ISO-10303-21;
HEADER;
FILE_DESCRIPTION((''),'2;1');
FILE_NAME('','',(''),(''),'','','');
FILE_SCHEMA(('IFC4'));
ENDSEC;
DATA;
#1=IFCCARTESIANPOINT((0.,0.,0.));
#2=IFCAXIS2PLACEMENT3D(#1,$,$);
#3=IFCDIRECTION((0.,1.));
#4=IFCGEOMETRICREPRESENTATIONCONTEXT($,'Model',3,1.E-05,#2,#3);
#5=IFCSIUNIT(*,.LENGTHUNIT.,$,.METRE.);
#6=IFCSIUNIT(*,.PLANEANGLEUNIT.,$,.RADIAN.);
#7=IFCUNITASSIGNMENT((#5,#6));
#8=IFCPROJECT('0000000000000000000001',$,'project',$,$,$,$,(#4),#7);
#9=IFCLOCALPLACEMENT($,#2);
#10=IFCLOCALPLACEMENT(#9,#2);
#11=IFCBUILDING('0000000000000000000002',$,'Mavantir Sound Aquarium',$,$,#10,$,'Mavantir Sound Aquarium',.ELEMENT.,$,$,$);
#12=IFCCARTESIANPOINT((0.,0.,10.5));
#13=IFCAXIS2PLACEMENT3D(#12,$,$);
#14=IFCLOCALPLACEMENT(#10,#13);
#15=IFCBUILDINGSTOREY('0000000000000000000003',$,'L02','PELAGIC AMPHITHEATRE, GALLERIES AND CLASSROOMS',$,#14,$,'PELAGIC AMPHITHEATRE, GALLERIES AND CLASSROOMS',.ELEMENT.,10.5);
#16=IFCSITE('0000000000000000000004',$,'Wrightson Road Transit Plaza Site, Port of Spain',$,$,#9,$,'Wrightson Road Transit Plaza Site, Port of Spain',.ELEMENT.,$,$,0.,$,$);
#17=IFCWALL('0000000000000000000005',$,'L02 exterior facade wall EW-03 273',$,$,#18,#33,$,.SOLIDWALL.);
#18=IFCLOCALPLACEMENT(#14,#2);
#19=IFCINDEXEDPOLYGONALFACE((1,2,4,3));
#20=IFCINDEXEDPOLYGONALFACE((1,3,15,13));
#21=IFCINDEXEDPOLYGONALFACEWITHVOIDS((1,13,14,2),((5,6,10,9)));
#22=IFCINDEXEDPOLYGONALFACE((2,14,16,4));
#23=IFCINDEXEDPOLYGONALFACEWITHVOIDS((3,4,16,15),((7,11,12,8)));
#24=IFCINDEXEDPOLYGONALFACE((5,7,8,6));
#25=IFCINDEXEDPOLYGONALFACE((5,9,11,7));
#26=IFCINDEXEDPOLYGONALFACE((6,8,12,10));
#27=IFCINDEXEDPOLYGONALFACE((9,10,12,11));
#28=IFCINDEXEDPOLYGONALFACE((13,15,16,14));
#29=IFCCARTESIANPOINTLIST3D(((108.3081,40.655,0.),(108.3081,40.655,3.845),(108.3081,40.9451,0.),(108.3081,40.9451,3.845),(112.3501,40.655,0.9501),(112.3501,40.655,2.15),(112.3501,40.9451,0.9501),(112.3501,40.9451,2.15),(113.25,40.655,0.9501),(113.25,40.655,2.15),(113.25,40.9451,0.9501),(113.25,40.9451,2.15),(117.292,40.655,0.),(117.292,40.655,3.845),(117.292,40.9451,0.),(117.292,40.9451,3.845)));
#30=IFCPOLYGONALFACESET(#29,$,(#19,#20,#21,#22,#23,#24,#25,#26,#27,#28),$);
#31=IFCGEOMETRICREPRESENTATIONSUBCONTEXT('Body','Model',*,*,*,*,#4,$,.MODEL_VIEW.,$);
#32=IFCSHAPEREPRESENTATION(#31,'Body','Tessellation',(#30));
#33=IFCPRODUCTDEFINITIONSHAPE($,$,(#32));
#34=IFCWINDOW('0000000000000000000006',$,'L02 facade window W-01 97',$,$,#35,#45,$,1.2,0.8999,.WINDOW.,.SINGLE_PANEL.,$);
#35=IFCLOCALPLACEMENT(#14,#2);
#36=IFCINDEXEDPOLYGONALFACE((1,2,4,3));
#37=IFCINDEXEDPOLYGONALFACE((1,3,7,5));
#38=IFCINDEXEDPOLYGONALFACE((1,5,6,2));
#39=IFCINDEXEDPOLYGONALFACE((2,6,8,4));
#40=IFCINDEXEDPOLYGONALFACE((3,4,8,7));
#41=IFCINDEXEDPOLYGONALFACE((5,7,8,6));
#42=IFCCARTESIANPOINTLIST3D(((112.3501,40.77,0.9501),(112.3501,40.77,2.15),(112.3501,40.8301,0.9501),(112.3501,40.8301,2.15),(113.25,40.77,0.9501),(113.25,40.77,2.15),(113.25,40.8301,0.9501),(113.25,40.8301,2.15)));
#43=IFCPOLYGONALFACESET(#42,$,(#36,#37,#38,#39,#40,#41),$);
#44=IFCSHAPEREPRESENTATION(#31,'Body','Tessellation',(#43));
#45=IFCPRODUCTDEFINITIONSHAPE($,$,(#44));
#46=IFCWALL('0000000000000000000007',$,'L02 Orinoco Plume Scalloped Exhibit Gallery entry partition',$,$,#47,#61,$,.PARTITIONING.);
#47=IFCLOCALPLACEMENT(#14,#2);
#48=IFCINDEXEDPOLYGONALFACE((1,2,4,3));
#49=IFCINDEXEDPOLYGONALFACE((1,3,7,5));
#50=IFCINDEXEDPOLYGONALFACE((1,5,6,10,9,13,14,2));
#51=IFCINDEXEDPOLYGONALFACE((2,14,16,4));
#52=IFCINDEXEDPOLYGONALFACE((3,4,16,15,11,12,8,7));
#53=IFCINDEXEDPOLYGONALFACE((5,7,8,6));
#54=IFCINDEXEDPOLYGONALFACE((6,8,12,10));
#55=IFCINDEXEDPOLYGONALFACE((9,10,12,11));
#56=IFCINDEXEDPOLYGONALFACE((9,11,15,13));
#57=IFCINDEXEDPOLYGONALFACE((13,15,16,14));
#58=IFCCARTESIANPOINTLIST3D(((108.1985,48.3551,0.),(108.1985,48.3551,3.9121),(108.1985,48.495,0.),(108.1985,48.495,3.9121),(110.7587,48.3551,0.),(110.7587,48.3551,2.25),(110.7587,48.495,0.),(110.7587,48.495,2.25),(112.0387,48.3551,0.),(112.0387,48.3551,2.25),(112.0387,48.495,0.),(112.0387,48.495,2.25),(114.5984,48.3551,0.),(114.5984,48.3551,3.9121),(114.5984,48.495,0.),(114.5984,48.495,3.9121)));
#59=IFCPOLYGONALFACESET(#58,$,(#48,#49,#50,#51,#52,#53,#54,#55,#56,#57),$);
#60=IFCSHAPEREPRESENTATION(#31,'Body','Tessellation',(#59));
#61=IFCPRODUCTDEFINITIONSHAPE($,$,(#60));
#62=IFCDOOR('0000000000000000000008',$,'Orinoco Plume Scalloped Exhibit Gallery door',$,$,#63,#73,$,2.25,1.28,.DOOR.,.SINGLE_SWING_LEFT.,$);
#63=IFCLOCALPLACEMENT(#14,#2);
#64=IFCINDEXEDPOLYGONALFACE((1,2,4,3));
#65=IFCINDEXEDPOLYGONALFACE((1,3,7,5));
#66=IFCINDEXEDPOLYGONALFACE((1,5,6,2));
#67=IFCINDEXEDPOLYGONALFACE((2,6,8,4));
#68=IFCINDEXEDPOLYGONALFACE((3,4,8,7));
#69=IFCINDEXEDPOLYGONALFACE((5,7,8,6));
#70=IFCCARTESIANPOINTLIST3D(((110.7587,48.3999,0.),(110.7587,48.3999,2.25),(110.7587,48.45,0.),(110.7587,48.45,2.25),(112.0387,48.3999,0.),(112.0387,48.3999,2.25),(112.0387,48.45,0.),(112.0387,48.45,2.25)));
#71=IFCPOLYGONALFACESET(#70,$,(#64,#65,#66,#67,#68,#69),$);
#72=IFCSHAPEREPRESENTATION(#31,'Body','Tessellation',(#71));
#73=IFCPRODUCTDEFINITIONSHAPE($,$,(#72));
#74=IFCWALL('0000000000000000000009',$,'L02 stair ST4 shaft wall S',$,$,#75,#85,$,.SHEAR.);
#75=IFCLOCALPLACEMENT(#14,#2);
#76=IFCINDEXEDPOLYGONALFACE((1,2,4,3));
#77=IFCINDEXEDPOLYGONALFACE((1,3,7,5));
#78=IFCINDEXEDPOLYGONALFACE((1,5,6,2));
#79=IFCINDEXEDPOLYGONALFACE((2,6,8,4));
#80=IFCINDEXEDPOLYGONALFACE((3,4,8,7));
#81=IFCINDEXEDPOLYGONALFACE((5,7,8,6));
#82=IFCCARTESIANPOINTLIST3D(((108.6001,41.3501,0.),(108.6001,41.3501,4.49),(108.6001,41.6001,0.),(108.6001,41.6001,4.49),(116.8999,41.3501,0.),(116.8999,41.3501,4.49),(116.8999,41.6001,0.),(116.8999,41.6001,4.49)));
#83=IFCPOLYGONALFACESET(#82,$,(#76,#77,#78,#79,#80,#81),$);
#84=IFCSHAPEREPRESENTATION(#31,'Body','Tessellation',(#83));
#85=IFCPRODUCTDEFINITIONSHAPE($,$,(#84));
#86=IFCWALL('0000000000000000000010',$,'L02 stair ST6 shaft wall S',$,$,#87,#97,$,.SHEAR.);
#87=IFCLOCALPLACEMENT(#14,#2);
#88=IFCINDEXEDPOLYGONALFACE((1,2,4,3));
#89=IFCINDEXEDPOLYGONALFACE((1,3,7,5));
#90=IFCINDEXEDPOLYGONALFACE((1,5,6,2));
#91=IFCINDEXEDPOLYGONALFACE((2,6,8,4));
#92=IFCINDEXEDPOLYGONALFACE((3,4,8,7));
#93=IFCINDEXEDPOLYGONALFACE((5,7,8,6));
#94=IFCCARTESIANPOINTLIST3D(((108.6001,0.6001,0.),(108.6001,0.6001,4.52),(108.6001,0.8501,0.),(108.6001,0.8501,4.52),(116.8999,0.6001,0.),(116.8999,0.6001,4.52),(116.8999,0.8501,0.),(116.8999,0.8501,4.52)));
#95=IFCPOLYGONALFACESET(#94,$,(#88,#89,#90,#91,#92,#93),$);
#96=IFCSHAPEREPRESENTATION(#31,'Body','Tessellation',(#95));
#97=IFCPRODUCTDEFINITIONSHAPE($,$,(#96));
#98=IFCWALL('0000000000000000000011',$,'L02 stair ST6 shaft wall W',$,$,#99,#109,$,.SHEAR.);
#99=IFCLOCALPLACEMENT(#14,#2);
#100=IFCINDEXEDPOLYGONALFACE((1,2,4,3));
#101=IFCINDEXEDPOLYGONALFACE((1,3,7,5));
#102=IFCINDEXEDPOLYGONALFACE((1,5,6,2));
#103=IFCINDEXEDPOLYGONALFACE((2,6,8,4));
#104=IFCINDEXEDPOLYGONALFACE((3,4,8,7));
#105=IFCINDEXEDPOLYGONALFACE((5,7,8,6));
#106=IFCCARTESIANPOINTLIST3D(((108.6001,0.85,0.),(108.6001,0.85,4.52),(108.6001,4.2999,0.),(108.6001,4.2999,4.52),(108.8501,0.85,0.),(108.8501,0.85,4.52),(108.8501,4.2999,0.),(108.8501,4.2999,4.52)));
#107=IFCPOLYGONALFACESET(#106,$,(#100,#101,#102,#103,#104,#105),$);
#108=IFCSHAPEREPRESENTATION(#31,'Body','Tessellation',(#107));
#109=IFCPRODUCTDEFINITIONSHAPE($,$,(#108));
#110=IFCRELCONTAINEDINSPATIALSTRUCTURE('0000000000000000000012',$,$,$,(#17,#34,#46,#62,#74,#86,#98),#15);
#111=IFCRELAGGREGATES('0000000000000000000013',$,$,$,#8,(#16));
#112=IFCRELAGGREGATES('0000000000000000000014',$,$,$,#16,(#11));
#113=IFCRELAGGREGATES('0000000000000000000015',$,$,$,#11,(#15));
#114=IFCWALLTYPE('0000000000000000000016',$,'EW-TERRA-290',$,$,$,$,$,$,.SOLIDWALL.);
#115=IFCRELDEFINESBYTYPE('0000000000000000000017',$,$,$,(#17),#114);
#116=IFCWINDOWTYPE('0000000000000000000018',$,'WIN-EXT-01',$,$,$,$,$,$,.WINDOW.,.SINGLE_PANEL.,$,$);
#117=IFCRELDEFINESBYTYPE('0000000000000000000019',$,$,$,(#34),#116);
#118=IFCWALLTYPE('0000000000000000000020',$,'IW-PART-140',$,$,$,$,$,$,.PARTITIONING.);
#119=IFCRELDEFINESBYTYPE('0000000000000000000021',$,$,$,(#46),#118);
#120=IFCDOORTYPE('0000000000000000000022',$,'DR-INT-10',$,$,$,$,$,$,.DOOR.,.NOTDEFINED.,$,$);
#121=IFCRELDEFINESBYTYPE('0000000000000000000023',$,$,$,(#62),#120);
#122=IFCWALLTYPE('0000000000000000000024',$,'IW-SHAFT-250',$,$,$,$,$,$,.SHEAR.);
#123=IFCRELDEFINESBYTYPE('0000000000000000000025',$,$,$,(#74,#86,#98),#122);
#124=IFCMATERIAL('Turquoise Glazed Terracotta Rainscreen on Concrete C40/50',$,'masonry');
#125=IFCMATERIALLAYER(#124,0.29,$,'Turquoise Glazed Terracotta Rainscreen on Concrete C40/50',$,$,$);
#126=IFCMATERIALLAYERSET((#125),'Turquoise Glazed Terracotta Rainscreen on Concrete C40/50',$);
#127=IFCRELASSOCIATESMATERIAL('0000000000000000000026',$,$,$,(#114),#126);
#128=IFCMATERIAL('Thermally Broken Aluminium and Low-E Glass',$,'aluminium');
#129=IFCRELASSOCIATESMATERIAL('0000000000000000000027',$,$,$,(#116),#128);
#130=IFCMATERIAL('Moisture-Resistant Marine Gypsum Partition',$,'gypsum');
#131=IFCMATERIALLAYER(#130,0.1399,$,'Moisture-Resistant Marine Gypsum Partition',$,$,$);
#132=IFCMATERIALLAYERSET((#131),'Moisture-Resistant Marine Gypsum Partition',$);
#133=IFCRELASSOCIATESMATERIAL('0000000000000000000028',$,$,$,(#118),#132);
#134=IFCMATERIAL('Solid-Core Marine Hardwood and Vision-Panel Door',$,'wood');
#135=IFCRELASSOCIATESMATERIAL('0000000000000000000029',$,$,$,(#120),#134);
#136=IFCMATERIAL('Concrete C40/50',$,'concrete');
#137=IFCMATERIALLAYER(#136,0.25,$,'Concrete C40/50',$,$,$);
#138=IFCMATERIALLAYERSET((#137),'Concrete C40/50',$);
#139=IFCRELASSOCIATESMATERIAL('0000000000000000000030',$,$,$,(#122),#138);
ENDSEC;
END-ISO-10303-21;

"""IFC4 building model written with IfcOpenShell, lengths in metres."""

from ifc_helpers import new_model, si_unit, direction, frame, frame_2d, origin, place, context, subcontext, project, spatial, rectangle, extrude, material, layer, layer_set, type_object, element, fill, save


model = new_model("IFC4")

# Units and contexts
model_context = context("Model", 3, precision=1e-05, world=origin(), true_north=direction((0.0, 1.0)))
body_context = subcontext(model_context, "Body", "Model", "MODEL_VIEW")
ifc_project = project(units=[si_unit("LENGTHUNIT", "METRE"), si_unit("PLANEANGLEUNIT", "RADIAN")], contexts=[model_context])

# Site, building, storey
site_placement = place(None, origin())
site = spatial("IfcSite", under=ifc_project, at=site_placement, Name="Wrightson Road Transit Plaza Site, Port of Spain", LongName="Wrightson Road Transit Plaza Site, Port of Spain", CompositionType="ELEMENT", RefElevation=0.0)
building_placement = place(site_placement, origin())
building = spatial("IfcBuilding", under=site, at=building_placement, Name="Mavantir Sound Aquarium", LongName="Mavantir Sound Aquarium", CompositionType="ELEMENT")
storey_placement = place(building_placement, frame((0.0, 0.0, 10.5)))
storey = spatial("IfcBuildingStorey", under=building, at=storey_placement, Name="L02", Description="PELAGIC AMPHITHEATRE, GALLERIES AND CLASSROOMS", LongName="PELAGIC AMPHITHEATRE, GALLERIES AND CLASSROOMS", CompositionType="ELEMENT", Elevation=10.5)

# Shared definitions
ifc_material_1 = material(Name="Concrete C40/50", Category="concrete")

# Wall, opening, window
ifc_material_2 = material(Name="Thermally Broken Aluminium and Low-E Glass", Category="aluminium")
ifc_material_3 = material(Name="Turquoise Glazed Terracotta Rainscreen on Concrete C40/50", Category="masonry")
ifc_layer_1 = layer(ifc_material_3, 0.29, Name="Turquoise Glazed Terracotta Rainscreen on Concrete C40/50")
ifc_layer_set_1 = layer_set([ifc_layer_1], Name="Turquoise Glazed Terracotta Rainscreen on Concrete C40/50")
wall_type_1 = type_object("IfcWallType", Name="EW-TERRA-290", PredefinedType="SOLIDWALL", material=ifc_layer_set_1)
wall_1_placement = place(storey_placement, frame((108.3081, 40.8, 0.0), z_axis=(0.0, 0.0, 1.0), x_axis=(1.0, 0.0, 0.0)))
wall_1 = element("IfcWall", 1, at=wall_1_placement, inside=storey, type_object=wall_type_1, Name="L02 exterior facade wall EW-03 273", PredefinedType="SOLIDWALL", context=body_context, shape_type="SweptSolid", body=[
    extrude(rectangle(XDim=8.9839, YDim=0.29, at=frame_2d((4.4919, 0.0))), origin(), (0.0, 0.0, 1.0), 3.845),
])
opening_1_placement = place(wall_1_placement, frame((4.042, 0.0, 0.95)))
opening_1 = element("IfcOpeningElement", 2, at=opening_1_placement, cuts=wall_1, PredefinedType="OPENING", context=body_context, shape_type="SweptSolid", body=[
    extrude(rectangle(XDim=0.8999, YDim=1.2, at=frame_2d((0.45, 0.6001))), frame((0.0, 0.155, 0.0), z_axis=(0.0, -1.0, 0.0), x_axis=(1.0, 0.0, 0.0)), (0.0, 0.0, 1.0), 0.3101),
])
window_type_1 = type_object("IfcWindowType", Name="WIN-EXT-01", PartitioningType="SINGLE_PANEL", PredefinedType="WINDOW", material=ifc_material_2)
window_1_placement = place(opening_1_placement, origin())
window_1 = element("IfcWindow", 3, at=window_1_placement, inside=storey, type_object=window_type_1, Name="L02 facade window W-01 97", OverallHeight=1.2, OverallWidth=0.8999, PartitioningType="SINGLE_PANEL", PredefinedType="WINDOW", context=body_context, shape_type="SweptSolid", body=[
    extrude(rectangle(XDim=0.8999, YDim=1.2, at=frame_2d((0.45, 0.6001))), frame((0.0, 0.03, 0.0), z_axis=(0.0, -1.0, 0.0), x_axis=(1.0, 0.0, 0.0)), (0.0, 0.0, 1.0), 0.0601),
])
fill(opening_1, window_1)

# Wall, opening, door
ifc_material_4 = material(Name="Moisture-Resistant Marine Gypsum Partition", Category="gypsum")
ifc_layer_2 = layer(ifc_material_4, 0.1399, Name="Moisture-Resistant Marine Gypsum Partition")
ifc_layer_set_2 = layer_set([ifc_layer_2], Name="Moisture-Resistant Marine Gypsum Partition")
wall_type_2 = type_object("IfcWallType", Name="IW-PART-140", PredefinedType="PARTITIONING", material=ifc_layer_set_2)
wall_2_placement = place(storey_placement, frame((108.1985, 48.425, 0.0), z_axis=(0.0, 0.0, 1.0), x_axis=(1.0, 0.0, 0.0)))
wall_2 = element("IfcWall", 4, at=wall_2_placement, inside=storey, type_object=wall_type_2, Name="L02 Orinoco Plume Scalloped Exhibit Gallery entry partition", PredefinedType="PARTITIONING", context=body_context, shape_type="SweptSolid", body=[
    extrude(rectangle(XDim=6.3999, YDim=0.1399, at=frame_2d((3.2, 0.0))), origin(), (0.0, 0.0, 1.0), 3.9121),
])
opening_2_placement = place(wall_2_placement, frame((2.5601, 0.0, 0.0)))
opening_2 = element("IfcOpeningElement", 5, at=opening_2_placement, cuts=wall_2, PredefinedType="OPENING", context=body_context, shape_type="SweptSolid", body=[
    extrude(rectangle(XDim=1.28, YDim=2.25, at=frame_2d((0.6401, 1.125))), frame((0.0, 0.0801, 0.0), z_axis=(0.0, -1.0, 0.0), x_axis=(1.0, 0.0, 0.0)), (0.0, 0.0, 1.0), 0.1599),
])
ifc_material_5 = material(Name="Solid-Core Marine Hardwood and Vision-Panel Door", Category="wood")
door_type = type_object("IfcDoorType", Name="DR-INT-10", OperationType="NOTDEFINED", PredefinedType="DOOR", material=ifc_material_5)
door_placement = place(opening_2_placement, origin())
door = element("IfcDoor", 6, at=door_placement, inside=storey, type_object=door_type, Name="Orinoco Plume Scalloped Exhibit Gallery door", OperationType="SINGLE_SWING_LEFT", OverallHeight=2.25, OverallWidth=1.28, PredefinedType="DOOR", context=body_context, shape_type="SweptSolid", body=[
    extrude(rectangle(XDim=1.28, YDim=2.25, at=frame_2d((0.6401, 1.125))), frame((0.0, 0.0249, 0.0), z_axis=(0.0, -1.0, 0.0), x_axis=(1.0, 0.0, 0.0)), (0.0, 0.0, 1.0), 0.05),
])
fill(opening_2, door)

# Walls
ifc_layer_3 = layer(ifc_material_1, 0.25, Name="Concrete C40/50")
ifc_layer_set_3 = layer_set([ifc_layer_3], Name="Concrete C40/50")
wall_type_3 = type_object("IfcWallType", Name="IW-SHAFT-250", PredefinedType="SHEAR", material=ifc_layer_set_3)
wall_3_placement = place(storey_placement, frame((108.6001, 41.4751, 0.0), z_axis=(0.0, 0.0, 1.0), x_axis=(1.0, 0.0, 0.0)))
element("IfcWall", 7, at=wall_3_placement, inside=storey, type_object=wall_type_3, Name="L02 stair ST4 shaft wall S", PredefinedType="SHEAR", context=body_context, shape_type="SweptSolid", body=[
    extrude(rectangle(XDim=8.2998, YDim=0.25, at=frame_2d((4.1499, 0.0))), origin(), (0.0, 0.0, 1.0), 4.49),
])
wall_4_placement = place(storey_placement, frame((108.6001, 0.7251, 0.0), z_axis=(0.0, 0.0, 1.0), x_axis=(1.0, 0.0, 0.0)))
element("IfcWall", 8, at=wall_4_placement, inside=storey, type_object=wall_type_3, Name="L02 stair ST6 shaft wall S", PredefinedType="SHEAR", context=body_context, shape_type="SweptSolid", body=[
    extrude(rectangle(XDim=8.2998, YDim=0.25, at=frame_2d((4.1499, 0.0))), origin(), (0.0, 0.0, 1.0), 4.52),
])
wall_5_placement = place(storey_placement, frame((108.7251, 4.3, 0.0), z_axis=(0.0, 0.0, 1.0), x_axis=(0.0, -1.0, 0.0)))
element("IfcWall", 9, at=wall_5_placement, inside=storey, type_object=wall_type_3, Name="L02 stair ST6 shaft wall W", PredefinedType="SHEAR", context=body_context, shape_type="SweptSolid", body=[
    extrude(rectangle(XDim=3.45, YDim=0.25, at=frame_2d((1.7251, 0.0))), origin(), (0.0, 0.0, 1.0), 4.52),
])

save(model, "model.ifc")
